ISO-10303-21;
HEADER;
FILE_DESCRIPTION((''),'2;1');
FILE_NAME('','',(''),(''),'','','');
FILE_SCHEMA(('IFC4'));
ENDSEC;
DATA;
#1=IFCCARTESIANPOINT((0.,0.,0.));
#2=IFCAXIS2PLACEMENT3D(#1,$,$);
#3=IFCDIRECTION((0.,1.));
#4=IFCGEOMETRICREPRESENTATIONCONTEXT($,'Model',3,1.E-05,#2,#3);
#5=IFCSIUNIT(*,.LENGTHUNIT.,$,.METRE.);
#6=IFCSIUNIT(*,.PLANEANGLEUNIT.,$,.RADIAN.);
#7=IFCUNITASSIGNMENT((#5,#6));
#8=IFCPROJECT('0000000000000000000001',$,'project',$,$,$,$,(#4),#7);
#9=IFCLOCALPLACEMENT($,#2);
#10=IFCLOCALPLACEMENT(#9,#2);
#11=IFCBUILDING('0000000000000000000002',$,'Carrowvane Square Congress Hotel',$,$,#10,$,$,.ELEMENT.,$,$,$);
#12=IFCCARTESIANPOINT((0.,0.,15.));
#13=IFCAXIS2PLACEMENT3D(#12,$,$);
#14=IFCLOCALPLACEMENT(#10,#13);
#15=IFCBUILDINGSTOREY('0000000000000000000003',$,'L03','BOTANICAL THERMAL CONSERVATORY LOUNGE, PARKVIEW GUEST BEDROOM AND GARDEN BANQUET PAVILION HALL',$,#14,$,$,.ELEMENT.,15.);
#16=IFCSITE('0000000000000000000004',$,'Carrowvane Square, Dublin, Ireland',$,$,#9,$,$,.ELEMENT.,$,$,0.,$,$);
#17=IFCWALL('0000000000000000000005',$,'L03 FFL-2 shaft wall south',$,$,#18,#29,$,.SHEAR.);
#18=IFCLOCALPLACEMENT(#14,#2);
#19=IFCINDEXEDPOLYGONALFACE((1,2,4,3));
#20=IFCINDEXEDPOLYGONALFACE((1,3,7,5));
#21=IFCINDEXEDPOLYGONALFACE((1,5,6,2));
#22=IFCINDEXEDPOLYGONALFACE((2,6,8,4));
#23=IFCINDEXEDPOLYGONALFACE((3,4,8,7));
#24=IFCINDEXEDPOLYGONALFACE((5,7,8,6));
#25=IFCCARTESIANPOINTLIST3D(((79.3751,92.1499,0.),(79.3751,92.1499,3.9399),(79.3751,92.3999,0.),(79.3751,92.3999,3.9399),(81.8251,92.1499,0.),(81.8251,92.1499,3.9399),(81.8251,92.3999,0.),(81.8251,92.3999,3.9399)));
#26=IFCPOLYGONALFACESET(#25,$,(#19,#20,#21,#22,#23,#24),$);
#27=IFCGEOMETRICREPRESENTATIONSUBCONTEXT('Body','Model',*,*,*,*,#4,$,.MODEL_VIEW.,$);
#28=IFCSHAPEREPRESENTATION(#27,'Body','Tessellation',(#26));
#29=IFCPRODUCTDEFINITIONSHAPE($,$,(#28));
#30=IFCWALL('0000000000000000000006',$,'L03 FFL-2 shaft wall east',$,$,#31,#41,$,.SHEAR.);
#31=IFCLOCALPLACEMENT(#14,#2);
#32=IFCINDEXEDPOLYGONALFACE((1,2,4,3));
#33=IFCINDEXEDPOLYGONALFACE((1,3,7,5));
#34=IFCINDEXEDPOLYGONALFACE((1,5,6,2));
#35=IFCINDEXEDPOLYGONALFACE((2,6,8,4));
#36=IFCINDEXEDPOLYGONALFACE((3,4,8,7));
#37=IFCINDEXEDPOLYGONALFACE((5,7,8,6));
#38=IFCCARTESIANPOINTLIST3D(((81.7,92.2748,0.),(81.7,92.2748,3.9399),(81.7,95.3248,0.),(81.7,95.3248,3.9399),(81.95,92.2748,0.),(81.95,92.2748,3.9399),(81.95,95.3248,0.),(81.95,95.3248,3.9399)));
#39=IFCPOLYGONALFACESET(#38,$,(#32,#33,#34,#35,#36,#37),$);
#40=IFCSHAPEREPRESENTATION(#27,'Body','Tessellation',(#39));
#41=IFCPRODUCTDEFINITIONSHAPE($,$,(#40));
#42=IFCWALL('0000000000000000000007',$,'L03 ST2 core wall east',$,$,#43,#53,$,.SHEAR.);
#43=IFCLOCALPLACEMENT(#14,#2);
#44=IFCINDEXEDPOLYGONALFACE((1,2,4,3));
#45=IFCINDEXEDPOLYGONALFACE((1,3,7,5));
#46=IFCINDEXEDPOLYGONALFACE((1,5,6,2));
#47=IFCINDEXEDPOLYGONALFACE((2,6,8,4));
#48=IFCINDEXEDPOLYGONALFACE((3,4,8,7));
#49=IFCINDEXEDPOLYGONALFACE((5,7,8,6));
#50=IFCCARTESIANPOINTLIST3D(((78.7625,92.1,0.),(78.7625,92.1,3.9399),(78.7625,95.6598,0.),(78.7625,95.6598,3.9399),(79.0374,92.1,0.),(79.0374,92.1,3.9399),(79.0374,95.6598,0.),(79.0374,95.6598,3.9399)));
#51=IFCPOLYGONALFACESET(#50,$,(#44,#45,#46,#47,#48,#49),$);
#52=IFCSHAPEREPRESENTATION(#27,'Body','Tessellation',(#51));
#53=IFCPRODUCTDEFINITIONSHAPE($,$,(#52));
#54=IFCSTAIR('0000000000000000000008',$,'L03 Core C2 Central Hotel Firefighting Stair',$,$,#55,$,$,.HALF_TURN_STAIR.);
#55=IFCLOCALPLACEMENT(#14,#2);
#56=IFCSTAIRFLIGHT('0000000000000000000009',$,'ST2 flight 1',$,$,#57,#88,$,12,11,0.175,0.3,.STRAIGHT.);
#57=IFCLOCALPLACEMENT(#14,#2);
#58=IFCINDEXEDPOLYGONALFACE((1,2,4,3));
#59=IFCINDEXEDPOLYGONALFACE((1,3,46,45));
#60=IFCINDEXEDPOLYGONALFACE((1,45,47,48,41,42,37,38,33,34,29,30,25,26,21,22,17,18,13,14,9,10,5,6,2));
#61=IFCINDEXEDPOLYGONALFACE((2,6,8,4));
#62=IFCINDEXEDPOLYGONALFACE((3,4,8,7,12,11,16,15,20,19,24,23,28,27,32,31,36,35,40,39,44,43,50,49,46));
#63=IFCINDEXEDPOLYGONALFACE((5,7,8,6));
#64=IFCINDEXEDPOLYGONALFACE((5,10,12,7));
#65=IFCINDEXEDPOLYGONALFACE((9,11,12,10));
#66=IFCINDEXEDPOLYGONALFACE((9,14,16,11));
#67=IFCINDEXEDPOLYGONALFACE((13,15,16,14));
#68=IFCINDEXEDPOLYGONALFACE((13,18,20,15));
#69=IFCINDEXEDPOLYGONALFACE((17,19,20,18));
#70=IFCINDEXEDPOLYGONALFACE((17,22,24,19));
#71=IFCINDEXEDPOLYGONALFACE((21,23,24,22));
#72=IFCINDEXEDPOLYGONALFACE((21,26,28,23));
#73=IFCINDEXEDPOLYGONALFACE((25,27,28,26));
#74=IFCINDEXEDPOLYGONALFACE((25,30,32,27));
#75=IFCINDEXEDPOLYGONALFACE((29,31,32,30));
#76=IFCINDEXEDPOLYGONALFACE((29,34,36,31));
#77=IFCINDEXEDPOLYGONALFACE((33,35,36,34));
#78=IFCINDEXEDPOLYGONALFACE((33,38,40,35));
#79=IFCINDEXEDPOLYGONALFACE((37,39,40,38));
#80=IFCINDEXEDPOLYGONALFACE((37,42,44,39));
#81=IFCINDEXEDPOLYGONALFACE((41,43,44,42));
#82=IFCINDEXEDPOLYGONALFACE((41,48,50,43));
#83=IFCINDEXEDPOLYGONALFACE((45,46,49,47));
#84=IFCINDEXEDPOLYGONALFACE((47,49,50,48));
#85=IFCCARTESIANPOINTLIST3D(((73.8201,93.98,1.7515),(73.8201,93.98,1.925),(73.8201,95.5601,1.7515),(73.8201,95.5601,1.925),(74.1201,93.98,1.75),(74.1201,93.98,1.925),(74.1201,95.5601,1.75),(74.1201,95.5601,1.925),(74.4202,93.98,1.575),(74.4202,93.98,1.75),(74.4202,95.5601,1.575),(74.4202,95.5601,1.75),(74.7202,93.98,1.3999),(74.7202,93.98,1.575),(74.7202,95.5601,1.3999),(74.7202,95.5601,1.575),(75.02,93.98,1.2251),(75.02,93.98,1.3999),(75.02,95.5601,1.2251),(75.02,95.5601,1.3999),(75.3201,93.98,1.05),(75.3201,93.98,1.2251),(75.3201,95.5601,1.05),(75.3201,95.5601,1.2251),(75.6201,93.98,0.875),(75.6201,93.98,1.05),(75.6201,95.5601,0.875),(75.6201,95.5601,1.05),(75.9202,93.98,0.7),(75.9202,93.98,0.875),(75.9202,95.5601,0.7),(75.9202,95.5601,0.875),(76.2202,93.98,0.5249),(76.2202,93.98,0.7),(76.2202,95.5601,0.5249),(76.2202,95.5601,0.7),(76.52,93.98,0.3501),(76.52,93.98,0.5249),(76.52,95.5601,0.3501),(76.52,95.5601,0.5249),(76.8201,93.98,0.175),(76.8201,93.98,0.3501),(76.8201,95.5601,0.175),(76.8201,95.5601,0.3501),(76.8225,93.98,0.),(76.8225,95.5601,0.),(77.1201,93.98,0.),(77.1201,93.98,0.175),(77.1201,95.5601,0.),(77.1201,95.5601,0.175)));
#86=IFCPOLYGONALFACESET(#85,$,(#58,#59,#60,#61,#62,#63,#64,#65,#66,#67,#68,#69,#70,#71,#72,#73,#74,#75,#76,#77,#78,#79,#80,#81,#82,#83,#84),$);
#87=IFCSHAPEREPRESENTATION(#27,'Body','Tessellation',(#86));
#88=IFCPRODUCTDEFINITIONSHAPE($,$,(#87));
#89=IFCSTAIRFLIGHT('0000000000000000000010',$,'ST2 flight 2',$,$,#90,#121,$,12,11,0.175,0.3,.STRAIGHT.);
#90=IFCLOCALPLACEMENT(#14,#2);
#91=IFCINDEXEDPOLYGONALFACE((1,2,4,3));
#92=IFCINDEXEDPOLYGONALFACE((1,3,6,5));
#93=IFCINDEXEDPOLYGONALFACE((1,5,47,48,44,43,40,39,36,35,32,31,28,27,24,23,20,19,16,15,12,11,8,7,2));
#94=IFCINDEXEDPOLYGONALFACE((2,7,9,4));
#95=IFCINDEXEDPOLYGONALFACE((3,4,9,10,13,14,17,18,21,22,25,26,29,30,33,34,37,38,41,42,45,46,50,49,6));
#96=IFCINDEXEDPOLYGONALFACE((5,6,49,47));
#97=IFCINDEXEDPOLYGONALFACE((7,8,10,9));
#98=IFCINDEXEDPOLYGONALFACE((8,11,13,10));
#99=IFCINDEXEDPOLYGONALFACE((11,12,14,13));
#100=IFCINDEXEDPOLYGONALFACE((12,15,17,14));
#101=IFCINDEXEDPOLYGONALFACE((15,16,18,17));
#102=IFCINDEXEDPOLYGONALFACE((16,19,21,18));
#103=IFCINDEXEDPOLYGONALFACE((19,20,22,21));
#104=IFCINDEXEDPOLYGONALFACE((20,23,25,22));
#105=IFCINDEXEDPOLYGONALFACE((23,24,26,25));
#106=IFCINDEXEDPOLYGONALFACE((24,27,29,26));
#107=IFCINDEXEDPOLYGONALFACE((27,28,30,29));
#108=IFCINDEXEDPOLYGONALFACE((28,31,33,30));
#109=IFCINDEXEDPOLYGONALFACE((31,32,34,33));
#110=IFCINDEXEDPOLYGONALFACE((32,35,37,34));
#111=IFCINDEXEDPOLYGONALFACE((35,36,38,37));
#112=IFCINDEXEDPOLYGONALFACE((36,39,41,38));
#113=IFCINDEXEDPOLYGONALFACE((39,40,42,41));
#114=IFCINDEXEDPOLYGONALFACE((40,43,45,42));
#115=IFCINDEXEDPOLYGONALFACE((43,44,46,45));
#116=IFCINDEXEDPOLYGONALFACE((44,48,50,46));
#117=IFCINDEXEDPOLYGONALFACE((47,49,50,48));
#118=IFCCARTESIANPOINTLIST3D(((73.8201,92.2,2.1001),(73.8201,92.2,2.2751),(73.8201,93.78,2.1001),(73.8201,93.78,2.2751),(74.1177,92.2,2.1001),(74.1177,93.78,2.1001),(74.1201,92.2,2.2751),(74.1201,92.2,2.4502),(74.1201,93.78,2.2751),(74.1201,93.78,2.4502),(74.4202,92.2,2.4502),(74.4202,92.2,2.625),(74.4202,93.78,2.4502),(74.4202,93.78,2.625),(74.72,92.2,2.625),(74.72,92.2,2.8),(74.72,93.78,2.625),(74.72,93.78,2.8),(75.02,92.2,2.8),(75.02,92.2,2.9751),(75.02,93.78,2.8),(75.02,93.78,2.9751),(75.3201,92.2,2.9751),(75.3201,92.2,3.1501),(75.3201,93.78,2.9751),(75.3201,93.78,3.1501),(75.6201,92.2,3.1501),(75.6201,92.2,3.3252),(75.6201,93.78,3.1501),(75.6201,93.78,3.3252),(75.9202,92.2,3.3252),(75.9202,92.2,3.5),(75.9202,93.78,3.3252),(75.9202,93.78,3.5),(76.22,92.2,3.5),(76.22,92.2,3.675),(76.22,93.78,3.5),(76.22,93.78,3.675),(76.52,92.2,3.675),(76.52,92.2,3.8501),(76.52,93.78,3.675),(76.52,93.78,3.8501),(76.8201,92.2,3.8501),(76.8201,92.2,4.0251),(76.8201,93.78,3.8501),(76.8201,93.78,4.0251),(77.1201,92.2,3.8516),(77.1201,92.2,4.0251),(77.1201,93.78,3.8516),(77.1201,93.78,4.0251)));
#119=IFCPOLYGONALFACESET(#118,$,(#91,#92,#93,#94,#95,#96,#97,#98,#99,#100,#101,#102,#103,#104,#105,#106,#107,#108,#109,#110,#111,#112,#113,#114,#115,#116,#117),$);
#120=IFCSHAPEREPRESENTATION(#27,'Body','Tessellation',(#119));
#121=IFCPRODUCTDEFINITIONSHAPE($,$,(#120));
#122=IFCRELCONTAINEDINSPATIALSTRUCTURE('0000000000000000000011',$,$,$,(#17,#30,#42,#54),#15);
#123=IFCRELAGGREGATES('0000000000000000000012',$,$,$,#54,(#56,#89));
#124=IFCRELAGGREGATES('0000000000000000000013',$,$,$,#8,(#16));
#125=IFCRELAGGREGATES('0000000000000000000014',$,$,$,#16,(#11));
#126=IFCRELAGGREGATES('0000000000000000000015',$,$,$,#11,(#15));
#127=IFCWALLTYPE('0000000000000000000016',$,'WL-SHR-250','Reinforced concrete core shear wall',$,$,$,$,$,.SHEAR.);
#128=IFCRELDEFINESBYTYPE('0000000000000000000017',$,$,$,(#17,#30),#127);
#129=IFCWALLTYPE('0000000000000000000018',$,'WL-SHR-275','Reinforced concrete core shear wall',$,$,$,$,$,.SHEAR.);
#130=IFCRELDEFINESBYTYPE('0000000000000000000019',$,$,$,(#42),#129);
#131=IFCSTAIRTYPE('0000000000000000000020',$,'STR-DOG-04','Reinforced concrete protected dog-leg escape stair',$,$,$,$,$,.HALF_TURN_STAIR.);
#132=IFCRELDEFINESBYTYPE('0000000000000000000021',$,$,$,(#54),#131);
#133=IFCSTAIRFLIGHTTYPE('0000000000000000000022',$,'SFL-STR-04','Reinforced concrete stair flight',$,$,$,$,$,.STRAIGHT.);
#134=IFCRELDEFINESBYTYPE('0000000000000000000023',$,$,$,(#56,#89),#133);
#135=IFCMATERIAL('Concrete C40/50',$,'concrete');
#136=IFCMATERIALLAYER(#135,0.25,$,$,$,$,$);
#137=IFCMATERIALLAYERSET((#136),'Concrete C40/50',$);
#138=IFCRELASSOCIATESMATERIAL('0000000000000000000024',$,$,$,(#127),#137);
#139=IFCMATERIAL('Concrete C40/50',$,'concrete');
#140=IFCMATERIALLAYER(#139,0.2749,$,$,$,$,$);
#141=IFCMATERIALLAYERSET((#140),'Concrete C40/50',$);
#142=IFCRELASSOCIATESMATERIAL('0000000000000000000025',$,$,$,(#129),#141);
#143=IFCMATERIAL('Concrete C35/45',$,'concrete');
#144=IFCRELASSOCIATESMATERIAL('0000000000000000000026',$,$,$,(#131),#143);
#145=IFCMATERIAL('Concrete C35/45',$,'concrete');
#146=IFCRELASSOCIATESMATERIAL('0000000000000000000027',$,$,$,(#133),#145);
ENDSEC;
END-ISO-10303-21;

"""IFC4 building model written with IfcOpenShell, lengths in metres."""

from ifc_helpers import new_model, si_unit, direction, frame, frame_2d, origin, place, context, subcontext, project, spatial, polyline, rectangle, outline, extrude, material, layer, layer_set, type_object, element, aggregate, save


model = new_model("IFC4")

# Units and contexts
model_context = context("Model", 3, precision=1e-05, world=origin(), true_north=direction((0.0, 1.0)))
body_context = subcontext(model_context, "Body", "Model", "MODEL_VIEW")
ifc_project = project(units=[si_unit("LENGTHUNIT", "METRE"), si_unit("PLANEANGLEUNIT", "RADIAN")], contexts=[model_context])

# Site, building, storey
site_placement = place(None, origin())
site = spatial("IfcSite", under=ifc_project, at=site_placement, Name="Carrowvane Square, Dublin, Ireland", CompositionType="ELEMENT", RefElevation=0.0)
building_placement = place(site_placement, origin())
building = spatial("IfcBuilding", under=site, at=building_placement, Name="Carrowvane Square Congress Hotel", CompositionType="ELEMENT")
storey_placement = place(building_placement, frame((0.0, 0.0, 15.0)))
storey = spatial("IfcBuildingStorey", under=building, at=storey_placement, Name="L03", Description="BOTANICAL THERMAL CONSERVATORY LOUNGE, PARKVIEW GUEST BEDROOM AND GARDEN BANQUET PAVILION HALL", CompositionType="ELEMENT", Elevation=15.0)

# Walls
ifc_material_1 = material(Name="Concrete C40/50", Category="concrete")
ifc_layer_1 = layer(ifc_material_1, 0.25)
ifc_layer_set_1 = layer_set([ifc_layer_1], Name="Concrete C40/50")
wall_type_1 = type_object("IfcWallType", Name="WL-SHR-250", Description="Reinforced concrete core shear wall", PredefinedType="SHEAR", material=ifc_layer_set_1)
wall_1_placement = place(storey_placement, frame((79.375, 92.2749, 0.0), z_axis=(0.0, 0.0, 1.0), x_axis=(1.0, 0.0, 0.0)))
element("IfcWall", 1, at=wall_1_placement, inside=storey, type_object=wall_type_1, Name="L03 FFL-2 shaft wall south", PredefinedType="SHEAR", context=body_context, shape_type="SweptSolid", body=[
    extrude(rectangle(XDim=2.45, YDim=0.25, at=frame_2d((1.2251, 0.0))), origin(), (0.0, 0.0, 1.0), 3.9399),
])
wall_2_placement = place(storey_placement, frame((81.825, 92.2749, 0.0), z_axis=(0.0, 0.0, 1.0), x_axis=(0.0, 1.0, 0.0)))
element("IfcWall", 2, at=wall_2_placement, inside=storey, type_object=wall_type_1, Name="L03 FFL-2 shaft wall east", PredefinedType="SHEAR", context=body_context, shape_type="SweptSolid", body=[
    extrude(rectangle(XDim=3.05, YDim=0.25, at=frame_2d((1.5249, 0.0))), origin(), (0.0, 0.0, 1.0), 3.9399),
])
ifc_material_2 = material(Name="Concrete C40/50", Category="concrete")
ifc_layer_2 = layer(ifc_material_2, 0.2749)
ifc_layer_set_2 = layer_set([ifc_layer_2], Name="Concrete C40/50")
wall_type_2 = type_object("IfcWallType", Name="WL-SHR-275", Description="Reinforced concrete core shear wall", PredefinedType="SHEAR", material=ifc_layer_set_2)
wall_3_placement = place(storey_placement, frame((78.8999, 92.1001, 0.0), z_axis=(0.0, 0.0, 1.0), x_axis=(0.0, 1.0, 0.0)))
element("IfcWall", 3, at=wall_3_placement, inside=storey, type_object=wall_type_2, Name="L03 ST2 core wall east", PredefinedType="SHEAR", context=body_context, shape_type="SweptSolid", body=[
    extrude(rectangle(XDim=3.5598, YDim=0.2749, at=frame_2d((1.7798, 0.0))), origin(), (0.0, 0.0, 1.0), 3.9399),
])

# Stair, stair flights
ifc_material_3 = material(Name="Concrete C35/45", Category="concrete")
stair_type = type_object("IfcStairType", Name="STR-DOG-04", Description="Reinforced concrete protected dog-leg escape stair", PredefinedType="HALF_TURN_STAIR", material=ifc_material_3)
stair_placement = place(storey_placement, origin())
stair = element("IfcStair", 4, at=stair_placement, inside=storey, type_object=stair_type, Name="L03 Core C2 Central Hotel Firefighting Stair", PredefinedType="HALF_TURN_STAIR")
ifc_material_4 = material(Name="Concrete C35/45", Category="concrete")
stair_flight_type = type_object("IfcStairFlightType", Name="SFL-STR-04", Description="Reinforced concrete stair flight", PredefinedType="STRAIGHT", material=ifc_material_4)
stair_flight_1_placement = place(storey_placement, frame((77.1201, 94.77, 0.0), z_axis=(0.0, 0.0, 1.0), x_axis=(-1.0, 0.0, 0.0)))
stair_flight_1 = element("IfcStairFlight", 5, at=stair_flight_1_placement, type_object=stair_flight_type, Name="ST2 flight 1", NumberOfRisers=12, NumberOfTreads=11, PredefinedType="STRAIGHT", RiserHeight=0.175, TreadLength=0.3, context=body_context, shape_type="SweptSolid", body=[
    extrude(outline(polyline([(0.0, 0.0), (0.0, 0.175), (0.3, 0.175), (0.3, 0.3501), (0.6001, 0.3501), (0.6001, 0.5249), (0.8999, 0.5249), (0.8999, 0.7), (1.2, 0.7), (1.2, 0.875), (1.5, 0.875), (1.5, 1.05), (1.8, 1.05), (1.8, 1.2251), (2.1001, 1.2251), (2.1001, 1.3999), (2.3999, 1.3999), (2.3999, 1.575), (2.7, 1.575), (2.7, 1.75), (3.0, 1.75), (3.0, 1.925), (3.3, 1.925), (3.3, 2.1001), (3.3, 1.7515), (0.2976, 0.0), (0.0, 0.0)])), frame((0.0, 0.79, 0.0), z_axis=(0.0, -1.0, 0.0), x_axis=(1.0, 0.0, 0.0)), (0.0, 0.0, 1.0), 1.5801),
])
stair_flight_2_placement = place(storey_placement, frame((73.8201, 92.99, 2.1001), z_axis=(0.0, 0.0, 1.0), x_axis=(1.0, 0.0, 0.0)))
stair_flight_2 = element("IfcStairFlight", 6, at=stair_flight_2_placement, type_object=stair_flight_type, Name="ST2 flight 2", NumberOfRisers=12, NumberOfTreads=11, PredefinedType="STRAIGHT", RiserHeight=0.175, TreadLength=0.3, context=body_context, shape_type="SweptSolid", body=[
    extrude(outline(polyline([(0.0, 0.0), (0.0, 0.175), (0.3, 0.175), (0.3, 0.3501), (0.6001, 0.3501), (0.6001, 0.5249), (0.8999, 0.5249), (0.8999, 0.7), (1.2, 0.7), (1.2, 0.875), (1.5, 0.875), (1.5, 1.05), (1.8, 1.05), (1.8, 1.2251), (2.1001, 1.2251), (2.1001, 1.3999), (2.3999, 1.3999), (2.3999, 1.575), (2.7, 1.575), (2.7, 1.75), (3.0, 1.75), (3.0, 1.925), (3.3, 1.925), (3.3, 2.1001), (3.3, 1.7515), (0.2976, 0.0), (0.0, 0.0)])), frame((0.0, 0.79, 0.0), z_axis=(0.0, -1.0, 0.0), x_axis=(1.0, 0.0, 0.0)), (0.0, 0.0, 1.0), 1.5801),
])
aggregate(stair, [stair_flight_1, stair_flight_2])

save(model, "model.ifc")
